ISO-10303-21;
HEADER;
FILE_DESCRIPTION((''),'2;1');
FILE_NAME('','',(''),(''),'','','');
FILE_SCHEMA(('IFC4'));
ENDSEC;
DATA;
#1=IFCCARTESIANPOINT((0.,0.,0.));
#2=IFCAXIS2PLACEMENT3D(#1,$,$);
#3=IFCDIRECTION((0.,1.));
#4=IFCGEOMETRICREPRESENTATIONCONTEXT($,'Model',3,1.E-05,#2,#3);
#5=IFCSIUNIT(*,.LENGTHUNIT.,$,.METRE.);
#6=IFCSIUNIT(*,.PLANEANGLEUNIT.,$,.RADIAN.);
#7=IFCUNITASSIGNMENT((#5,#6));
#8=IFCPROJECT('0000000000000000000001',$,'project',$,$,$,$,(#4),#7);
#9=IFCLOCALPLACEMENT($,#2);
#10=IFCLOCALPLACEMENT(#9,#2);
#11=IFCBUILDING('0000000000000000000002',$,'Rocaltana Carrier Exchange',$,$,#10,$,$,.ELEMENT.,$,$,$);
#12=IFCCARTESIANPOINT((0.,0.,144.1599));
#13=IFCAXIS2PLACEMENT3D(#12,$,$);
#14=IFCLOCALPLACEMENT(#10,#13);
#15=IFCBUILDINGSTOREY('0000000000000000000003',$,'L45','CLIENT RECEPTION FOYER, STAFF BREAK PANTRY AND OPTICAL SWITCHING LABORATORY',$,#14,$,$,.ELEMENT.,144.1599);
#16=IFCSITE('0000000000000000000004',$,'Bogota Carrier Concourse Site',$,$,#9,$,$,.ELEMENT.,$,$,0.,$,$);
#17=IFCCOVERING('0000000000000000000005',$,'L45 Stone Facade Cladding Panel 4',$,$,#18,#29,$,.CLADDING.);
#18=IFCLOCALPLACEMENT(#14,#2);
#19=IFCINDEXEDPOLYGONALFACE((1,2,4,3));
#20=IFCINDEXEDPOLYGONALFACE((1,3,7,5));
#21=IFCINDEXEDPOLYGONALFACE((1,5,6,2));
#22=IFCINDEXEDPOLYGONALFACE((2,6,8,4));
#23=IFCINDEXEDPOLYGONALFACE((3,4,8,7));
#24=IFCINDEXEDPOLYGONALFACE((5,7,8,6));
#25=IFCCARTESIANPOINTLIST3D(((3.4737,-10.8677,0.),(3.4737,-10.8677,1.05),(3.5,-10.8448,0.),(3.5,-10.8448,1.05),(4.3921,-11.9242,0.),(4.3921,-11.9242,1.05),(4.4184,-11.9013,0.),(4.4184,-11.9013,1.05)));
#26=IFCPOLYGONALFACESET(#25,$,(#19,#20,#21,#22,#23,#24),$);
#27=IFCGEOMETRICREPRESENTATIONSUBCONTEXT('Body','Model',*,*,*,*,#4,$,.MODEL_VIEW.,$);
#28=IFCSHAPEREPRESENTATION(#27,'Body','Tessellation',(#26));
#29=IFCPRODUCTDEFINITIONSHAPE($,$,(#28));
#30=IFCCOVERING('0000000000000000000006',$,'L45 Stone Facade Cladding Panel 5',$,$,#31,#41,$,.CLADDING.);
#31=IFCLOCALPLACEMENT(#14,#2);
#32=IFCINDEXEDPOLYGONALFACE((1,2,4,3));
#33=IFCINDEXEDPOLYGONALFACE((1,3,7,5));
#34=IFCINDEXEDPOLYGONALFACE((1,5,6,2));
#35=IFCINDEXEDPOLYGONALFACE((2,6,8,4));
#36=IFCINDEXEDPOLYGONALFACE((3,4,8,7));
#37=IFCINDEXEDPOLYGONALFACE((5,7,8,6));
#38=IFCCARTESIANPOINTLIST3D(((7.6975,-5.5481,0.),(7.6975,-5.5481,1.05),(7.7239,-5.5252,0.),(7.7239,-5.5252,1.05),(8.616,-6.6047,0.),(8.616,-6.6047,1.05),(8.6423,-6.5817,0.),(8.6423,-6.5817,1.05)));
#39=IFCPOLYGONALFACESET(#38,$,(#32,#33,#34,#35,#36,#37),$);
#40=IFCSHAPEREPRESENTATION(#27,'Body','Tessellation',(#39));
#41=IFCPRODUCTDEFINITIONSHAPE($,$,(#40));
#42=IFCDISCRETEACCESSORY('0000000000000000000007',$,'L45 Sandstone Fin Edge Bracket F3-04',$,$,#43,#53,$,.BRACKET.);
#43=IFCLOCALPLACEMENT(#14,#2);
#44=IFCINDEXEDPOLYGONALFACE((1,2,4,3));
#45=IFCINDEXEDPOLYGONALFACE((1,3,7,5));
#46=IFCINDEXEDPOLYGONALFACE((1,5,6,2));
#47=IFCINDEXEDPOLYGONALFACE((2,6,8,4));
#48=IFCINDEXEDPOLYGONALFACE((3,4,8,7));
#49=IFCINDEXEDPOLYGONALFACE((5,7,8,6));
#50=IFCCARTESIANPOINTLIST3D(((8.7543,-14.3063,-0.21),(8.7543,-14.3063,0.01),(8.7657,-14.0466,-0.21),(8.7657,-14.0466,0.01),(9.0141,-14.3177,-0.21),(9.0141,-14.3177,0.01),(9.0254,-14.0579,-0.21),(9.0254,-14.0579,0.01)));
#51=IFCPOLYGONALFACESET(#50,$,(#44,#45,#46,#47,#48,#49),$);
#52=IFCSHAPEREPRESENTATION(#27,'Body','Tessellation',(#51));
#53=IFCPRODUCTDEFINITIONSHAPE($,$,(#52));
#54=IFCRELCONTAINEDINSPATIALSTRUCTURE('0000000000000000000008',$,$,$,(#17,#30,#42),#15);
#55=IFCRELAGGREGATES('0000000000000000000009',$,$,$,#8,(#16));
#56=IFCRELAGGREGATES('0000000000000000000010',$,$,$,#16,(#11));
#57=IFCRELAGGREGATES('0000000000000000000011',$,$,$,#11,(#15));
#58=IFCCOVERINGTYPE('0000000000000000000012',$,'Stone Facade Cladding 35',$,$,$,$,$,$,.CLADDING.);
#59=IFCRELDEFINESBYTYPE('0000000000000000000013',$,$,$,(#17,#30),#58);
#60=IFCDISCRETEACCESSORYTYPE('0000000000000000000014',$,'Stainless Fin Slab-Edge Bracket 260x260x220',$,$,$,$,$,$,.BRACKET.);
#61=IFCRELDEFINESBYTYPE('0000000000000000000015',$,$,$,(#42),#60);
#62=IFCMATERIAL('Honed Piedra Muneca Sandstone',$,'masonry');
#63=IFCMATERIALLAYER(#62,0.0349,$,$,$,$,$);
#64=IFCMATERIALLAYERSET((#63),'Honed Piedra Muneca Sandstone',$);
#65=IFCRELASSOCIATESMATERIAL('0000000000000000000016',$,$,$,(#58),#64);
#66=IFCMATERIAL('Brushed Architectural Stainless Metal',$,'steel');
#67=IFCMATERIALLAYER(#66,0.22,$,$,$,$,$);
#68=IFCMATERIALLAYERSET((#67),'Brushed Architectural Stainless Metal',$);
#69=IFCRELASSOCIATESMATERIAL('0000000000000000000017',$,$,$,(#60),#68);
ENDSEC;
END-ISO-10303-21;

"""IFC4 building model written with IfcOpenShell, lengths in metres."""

from ifc_helpers import new_model, si_unit, direction, frame, origin, origin_2d, place, context, subcontext, project, spatial, rectangle, extrude, material, layer, layer_set, type_object, element, save


model = new_model("IFC4")

# Units and contexts
model_context = context("Model", 3, precision=1e-05, world=origin(), true_north=direction((0.0, 1.0)))
body_context = subcontext(model_context, "Body", "Model", "MODEL_VIEW")
ifc_project = project(units=[si_unit("LENGTHUNIT", "METRE"), si_unit("PLANEANGLEUNIT", "RADIAN")], contexts=[model_context])

# Site, building, storey
site_placement = place(None, origin())
site = spatial("IfcSite", under=ifc_project, at=site_placement, Name="Bogota Carrier Concourse Site", CompositionType="ELEMENT", RefElevation=0.0)
building_placement = place(site_placement, origin())
building = spatial("IfcBuilding", under=site, at=building_placement, Name="Rocaltana Carrier Exchange", CompositionType="ELEMENT")
storey_placement = place(building_placement, frame((0.0, 0.0, 144.1599)))
storey = spatial("IfcBuildingStorey", under=building, at=storey_placement, Name="L45", Description="CLIENT RECEPTION FOYER, STAFF BREAK PANTRY AND OPTICAL SWITCHING LABORATORY", CompositionType="ELEMENT", Elevation=144.1599)

# Coverings
ifc_material_1 = material(Name="Honed Piedra Muneca Sandstone", Category="masonry")
ifc_layer_1 = layer(ifc_material_1, 0.0349)
ifc_layer_set_1 = layer_set([ifc_layer_1], Name="Honed Piedra Muneca Sandstone")
covering_type = type_object("IfcCoveringType", Name="Stone Facade Cladding 35", PredefinedType="CLADDING", material=ifc_layer_set_1)
for number, where, z_axis, x_axis, name in (
    (1, (3.946, -11.3845, 0.0), (0.0, 0.0, 1.0), (-0.656059, 0.75471, 0.0), "L45 Stone Facade Cladding Panel 4"),
    (2, (8.1699, -6.0649, 0.0), (0.0, 0.0, 1.0), (-0.656059, 0.75471, 0.0), "L45 Stone Facade Cladding Panel 5"),
):
    element("IfcCovering", number, at=place(storey_placement, frame(where, z_axis=z_axis, x_axis=x_axis)), inside=storey, type_object=covering_type, Name=name, PredefinedType="CLADDING", context=body_context, shape_type="SweptSolid", body=[
        extrude(rectangle(XDim=1.3999, YDim=0.0349, at=origin_2d()), origin(), (0.0, 0.0, 1.0), 1.05),
    ])

# Discrete accessory
ifc_material_2 = material(Name="Brushed Architectural Stainless Metal", Category="steel")
ifc_layer_2 = layer(ifc_material_2, 0.22)
ifc_layer_set_2 = layer_set([ifc_layer_2], Name="Brushed Architectural Stainless Metal")
discrete_accessory_type = type_object("IfcDiscreteAccessoryType", Name="Stainless Fin Slab-Edge Bracket 260x260x220", PredefinedType="BRACKET", material=ifc_layer_set_2)
discrete_accessory_placement = place(storey_placement, frame((8.8899, -14.1821, -0.21), z_axis=(0.0, 0.0, 1.0), x_axis=(0.999048, -0.043619, 0.0)))
element("IfcDiscreteAccessory", 3, at=discrete_accessory_placement, inside=storey, type_object=discrete_accessory_type, Name="L45 Sandstone Fin Edge Bracket F3-04", PredefinedType="BRACKET", context=body_context, shape_type="SweptSolid", body=[
    extrude(rectangle(XDim=0.26, YDim=0.26, at=origin_2d()), origin(), (0.0, 0.0, 1.0), 0.22),
])

save(model, "model.ifc")
